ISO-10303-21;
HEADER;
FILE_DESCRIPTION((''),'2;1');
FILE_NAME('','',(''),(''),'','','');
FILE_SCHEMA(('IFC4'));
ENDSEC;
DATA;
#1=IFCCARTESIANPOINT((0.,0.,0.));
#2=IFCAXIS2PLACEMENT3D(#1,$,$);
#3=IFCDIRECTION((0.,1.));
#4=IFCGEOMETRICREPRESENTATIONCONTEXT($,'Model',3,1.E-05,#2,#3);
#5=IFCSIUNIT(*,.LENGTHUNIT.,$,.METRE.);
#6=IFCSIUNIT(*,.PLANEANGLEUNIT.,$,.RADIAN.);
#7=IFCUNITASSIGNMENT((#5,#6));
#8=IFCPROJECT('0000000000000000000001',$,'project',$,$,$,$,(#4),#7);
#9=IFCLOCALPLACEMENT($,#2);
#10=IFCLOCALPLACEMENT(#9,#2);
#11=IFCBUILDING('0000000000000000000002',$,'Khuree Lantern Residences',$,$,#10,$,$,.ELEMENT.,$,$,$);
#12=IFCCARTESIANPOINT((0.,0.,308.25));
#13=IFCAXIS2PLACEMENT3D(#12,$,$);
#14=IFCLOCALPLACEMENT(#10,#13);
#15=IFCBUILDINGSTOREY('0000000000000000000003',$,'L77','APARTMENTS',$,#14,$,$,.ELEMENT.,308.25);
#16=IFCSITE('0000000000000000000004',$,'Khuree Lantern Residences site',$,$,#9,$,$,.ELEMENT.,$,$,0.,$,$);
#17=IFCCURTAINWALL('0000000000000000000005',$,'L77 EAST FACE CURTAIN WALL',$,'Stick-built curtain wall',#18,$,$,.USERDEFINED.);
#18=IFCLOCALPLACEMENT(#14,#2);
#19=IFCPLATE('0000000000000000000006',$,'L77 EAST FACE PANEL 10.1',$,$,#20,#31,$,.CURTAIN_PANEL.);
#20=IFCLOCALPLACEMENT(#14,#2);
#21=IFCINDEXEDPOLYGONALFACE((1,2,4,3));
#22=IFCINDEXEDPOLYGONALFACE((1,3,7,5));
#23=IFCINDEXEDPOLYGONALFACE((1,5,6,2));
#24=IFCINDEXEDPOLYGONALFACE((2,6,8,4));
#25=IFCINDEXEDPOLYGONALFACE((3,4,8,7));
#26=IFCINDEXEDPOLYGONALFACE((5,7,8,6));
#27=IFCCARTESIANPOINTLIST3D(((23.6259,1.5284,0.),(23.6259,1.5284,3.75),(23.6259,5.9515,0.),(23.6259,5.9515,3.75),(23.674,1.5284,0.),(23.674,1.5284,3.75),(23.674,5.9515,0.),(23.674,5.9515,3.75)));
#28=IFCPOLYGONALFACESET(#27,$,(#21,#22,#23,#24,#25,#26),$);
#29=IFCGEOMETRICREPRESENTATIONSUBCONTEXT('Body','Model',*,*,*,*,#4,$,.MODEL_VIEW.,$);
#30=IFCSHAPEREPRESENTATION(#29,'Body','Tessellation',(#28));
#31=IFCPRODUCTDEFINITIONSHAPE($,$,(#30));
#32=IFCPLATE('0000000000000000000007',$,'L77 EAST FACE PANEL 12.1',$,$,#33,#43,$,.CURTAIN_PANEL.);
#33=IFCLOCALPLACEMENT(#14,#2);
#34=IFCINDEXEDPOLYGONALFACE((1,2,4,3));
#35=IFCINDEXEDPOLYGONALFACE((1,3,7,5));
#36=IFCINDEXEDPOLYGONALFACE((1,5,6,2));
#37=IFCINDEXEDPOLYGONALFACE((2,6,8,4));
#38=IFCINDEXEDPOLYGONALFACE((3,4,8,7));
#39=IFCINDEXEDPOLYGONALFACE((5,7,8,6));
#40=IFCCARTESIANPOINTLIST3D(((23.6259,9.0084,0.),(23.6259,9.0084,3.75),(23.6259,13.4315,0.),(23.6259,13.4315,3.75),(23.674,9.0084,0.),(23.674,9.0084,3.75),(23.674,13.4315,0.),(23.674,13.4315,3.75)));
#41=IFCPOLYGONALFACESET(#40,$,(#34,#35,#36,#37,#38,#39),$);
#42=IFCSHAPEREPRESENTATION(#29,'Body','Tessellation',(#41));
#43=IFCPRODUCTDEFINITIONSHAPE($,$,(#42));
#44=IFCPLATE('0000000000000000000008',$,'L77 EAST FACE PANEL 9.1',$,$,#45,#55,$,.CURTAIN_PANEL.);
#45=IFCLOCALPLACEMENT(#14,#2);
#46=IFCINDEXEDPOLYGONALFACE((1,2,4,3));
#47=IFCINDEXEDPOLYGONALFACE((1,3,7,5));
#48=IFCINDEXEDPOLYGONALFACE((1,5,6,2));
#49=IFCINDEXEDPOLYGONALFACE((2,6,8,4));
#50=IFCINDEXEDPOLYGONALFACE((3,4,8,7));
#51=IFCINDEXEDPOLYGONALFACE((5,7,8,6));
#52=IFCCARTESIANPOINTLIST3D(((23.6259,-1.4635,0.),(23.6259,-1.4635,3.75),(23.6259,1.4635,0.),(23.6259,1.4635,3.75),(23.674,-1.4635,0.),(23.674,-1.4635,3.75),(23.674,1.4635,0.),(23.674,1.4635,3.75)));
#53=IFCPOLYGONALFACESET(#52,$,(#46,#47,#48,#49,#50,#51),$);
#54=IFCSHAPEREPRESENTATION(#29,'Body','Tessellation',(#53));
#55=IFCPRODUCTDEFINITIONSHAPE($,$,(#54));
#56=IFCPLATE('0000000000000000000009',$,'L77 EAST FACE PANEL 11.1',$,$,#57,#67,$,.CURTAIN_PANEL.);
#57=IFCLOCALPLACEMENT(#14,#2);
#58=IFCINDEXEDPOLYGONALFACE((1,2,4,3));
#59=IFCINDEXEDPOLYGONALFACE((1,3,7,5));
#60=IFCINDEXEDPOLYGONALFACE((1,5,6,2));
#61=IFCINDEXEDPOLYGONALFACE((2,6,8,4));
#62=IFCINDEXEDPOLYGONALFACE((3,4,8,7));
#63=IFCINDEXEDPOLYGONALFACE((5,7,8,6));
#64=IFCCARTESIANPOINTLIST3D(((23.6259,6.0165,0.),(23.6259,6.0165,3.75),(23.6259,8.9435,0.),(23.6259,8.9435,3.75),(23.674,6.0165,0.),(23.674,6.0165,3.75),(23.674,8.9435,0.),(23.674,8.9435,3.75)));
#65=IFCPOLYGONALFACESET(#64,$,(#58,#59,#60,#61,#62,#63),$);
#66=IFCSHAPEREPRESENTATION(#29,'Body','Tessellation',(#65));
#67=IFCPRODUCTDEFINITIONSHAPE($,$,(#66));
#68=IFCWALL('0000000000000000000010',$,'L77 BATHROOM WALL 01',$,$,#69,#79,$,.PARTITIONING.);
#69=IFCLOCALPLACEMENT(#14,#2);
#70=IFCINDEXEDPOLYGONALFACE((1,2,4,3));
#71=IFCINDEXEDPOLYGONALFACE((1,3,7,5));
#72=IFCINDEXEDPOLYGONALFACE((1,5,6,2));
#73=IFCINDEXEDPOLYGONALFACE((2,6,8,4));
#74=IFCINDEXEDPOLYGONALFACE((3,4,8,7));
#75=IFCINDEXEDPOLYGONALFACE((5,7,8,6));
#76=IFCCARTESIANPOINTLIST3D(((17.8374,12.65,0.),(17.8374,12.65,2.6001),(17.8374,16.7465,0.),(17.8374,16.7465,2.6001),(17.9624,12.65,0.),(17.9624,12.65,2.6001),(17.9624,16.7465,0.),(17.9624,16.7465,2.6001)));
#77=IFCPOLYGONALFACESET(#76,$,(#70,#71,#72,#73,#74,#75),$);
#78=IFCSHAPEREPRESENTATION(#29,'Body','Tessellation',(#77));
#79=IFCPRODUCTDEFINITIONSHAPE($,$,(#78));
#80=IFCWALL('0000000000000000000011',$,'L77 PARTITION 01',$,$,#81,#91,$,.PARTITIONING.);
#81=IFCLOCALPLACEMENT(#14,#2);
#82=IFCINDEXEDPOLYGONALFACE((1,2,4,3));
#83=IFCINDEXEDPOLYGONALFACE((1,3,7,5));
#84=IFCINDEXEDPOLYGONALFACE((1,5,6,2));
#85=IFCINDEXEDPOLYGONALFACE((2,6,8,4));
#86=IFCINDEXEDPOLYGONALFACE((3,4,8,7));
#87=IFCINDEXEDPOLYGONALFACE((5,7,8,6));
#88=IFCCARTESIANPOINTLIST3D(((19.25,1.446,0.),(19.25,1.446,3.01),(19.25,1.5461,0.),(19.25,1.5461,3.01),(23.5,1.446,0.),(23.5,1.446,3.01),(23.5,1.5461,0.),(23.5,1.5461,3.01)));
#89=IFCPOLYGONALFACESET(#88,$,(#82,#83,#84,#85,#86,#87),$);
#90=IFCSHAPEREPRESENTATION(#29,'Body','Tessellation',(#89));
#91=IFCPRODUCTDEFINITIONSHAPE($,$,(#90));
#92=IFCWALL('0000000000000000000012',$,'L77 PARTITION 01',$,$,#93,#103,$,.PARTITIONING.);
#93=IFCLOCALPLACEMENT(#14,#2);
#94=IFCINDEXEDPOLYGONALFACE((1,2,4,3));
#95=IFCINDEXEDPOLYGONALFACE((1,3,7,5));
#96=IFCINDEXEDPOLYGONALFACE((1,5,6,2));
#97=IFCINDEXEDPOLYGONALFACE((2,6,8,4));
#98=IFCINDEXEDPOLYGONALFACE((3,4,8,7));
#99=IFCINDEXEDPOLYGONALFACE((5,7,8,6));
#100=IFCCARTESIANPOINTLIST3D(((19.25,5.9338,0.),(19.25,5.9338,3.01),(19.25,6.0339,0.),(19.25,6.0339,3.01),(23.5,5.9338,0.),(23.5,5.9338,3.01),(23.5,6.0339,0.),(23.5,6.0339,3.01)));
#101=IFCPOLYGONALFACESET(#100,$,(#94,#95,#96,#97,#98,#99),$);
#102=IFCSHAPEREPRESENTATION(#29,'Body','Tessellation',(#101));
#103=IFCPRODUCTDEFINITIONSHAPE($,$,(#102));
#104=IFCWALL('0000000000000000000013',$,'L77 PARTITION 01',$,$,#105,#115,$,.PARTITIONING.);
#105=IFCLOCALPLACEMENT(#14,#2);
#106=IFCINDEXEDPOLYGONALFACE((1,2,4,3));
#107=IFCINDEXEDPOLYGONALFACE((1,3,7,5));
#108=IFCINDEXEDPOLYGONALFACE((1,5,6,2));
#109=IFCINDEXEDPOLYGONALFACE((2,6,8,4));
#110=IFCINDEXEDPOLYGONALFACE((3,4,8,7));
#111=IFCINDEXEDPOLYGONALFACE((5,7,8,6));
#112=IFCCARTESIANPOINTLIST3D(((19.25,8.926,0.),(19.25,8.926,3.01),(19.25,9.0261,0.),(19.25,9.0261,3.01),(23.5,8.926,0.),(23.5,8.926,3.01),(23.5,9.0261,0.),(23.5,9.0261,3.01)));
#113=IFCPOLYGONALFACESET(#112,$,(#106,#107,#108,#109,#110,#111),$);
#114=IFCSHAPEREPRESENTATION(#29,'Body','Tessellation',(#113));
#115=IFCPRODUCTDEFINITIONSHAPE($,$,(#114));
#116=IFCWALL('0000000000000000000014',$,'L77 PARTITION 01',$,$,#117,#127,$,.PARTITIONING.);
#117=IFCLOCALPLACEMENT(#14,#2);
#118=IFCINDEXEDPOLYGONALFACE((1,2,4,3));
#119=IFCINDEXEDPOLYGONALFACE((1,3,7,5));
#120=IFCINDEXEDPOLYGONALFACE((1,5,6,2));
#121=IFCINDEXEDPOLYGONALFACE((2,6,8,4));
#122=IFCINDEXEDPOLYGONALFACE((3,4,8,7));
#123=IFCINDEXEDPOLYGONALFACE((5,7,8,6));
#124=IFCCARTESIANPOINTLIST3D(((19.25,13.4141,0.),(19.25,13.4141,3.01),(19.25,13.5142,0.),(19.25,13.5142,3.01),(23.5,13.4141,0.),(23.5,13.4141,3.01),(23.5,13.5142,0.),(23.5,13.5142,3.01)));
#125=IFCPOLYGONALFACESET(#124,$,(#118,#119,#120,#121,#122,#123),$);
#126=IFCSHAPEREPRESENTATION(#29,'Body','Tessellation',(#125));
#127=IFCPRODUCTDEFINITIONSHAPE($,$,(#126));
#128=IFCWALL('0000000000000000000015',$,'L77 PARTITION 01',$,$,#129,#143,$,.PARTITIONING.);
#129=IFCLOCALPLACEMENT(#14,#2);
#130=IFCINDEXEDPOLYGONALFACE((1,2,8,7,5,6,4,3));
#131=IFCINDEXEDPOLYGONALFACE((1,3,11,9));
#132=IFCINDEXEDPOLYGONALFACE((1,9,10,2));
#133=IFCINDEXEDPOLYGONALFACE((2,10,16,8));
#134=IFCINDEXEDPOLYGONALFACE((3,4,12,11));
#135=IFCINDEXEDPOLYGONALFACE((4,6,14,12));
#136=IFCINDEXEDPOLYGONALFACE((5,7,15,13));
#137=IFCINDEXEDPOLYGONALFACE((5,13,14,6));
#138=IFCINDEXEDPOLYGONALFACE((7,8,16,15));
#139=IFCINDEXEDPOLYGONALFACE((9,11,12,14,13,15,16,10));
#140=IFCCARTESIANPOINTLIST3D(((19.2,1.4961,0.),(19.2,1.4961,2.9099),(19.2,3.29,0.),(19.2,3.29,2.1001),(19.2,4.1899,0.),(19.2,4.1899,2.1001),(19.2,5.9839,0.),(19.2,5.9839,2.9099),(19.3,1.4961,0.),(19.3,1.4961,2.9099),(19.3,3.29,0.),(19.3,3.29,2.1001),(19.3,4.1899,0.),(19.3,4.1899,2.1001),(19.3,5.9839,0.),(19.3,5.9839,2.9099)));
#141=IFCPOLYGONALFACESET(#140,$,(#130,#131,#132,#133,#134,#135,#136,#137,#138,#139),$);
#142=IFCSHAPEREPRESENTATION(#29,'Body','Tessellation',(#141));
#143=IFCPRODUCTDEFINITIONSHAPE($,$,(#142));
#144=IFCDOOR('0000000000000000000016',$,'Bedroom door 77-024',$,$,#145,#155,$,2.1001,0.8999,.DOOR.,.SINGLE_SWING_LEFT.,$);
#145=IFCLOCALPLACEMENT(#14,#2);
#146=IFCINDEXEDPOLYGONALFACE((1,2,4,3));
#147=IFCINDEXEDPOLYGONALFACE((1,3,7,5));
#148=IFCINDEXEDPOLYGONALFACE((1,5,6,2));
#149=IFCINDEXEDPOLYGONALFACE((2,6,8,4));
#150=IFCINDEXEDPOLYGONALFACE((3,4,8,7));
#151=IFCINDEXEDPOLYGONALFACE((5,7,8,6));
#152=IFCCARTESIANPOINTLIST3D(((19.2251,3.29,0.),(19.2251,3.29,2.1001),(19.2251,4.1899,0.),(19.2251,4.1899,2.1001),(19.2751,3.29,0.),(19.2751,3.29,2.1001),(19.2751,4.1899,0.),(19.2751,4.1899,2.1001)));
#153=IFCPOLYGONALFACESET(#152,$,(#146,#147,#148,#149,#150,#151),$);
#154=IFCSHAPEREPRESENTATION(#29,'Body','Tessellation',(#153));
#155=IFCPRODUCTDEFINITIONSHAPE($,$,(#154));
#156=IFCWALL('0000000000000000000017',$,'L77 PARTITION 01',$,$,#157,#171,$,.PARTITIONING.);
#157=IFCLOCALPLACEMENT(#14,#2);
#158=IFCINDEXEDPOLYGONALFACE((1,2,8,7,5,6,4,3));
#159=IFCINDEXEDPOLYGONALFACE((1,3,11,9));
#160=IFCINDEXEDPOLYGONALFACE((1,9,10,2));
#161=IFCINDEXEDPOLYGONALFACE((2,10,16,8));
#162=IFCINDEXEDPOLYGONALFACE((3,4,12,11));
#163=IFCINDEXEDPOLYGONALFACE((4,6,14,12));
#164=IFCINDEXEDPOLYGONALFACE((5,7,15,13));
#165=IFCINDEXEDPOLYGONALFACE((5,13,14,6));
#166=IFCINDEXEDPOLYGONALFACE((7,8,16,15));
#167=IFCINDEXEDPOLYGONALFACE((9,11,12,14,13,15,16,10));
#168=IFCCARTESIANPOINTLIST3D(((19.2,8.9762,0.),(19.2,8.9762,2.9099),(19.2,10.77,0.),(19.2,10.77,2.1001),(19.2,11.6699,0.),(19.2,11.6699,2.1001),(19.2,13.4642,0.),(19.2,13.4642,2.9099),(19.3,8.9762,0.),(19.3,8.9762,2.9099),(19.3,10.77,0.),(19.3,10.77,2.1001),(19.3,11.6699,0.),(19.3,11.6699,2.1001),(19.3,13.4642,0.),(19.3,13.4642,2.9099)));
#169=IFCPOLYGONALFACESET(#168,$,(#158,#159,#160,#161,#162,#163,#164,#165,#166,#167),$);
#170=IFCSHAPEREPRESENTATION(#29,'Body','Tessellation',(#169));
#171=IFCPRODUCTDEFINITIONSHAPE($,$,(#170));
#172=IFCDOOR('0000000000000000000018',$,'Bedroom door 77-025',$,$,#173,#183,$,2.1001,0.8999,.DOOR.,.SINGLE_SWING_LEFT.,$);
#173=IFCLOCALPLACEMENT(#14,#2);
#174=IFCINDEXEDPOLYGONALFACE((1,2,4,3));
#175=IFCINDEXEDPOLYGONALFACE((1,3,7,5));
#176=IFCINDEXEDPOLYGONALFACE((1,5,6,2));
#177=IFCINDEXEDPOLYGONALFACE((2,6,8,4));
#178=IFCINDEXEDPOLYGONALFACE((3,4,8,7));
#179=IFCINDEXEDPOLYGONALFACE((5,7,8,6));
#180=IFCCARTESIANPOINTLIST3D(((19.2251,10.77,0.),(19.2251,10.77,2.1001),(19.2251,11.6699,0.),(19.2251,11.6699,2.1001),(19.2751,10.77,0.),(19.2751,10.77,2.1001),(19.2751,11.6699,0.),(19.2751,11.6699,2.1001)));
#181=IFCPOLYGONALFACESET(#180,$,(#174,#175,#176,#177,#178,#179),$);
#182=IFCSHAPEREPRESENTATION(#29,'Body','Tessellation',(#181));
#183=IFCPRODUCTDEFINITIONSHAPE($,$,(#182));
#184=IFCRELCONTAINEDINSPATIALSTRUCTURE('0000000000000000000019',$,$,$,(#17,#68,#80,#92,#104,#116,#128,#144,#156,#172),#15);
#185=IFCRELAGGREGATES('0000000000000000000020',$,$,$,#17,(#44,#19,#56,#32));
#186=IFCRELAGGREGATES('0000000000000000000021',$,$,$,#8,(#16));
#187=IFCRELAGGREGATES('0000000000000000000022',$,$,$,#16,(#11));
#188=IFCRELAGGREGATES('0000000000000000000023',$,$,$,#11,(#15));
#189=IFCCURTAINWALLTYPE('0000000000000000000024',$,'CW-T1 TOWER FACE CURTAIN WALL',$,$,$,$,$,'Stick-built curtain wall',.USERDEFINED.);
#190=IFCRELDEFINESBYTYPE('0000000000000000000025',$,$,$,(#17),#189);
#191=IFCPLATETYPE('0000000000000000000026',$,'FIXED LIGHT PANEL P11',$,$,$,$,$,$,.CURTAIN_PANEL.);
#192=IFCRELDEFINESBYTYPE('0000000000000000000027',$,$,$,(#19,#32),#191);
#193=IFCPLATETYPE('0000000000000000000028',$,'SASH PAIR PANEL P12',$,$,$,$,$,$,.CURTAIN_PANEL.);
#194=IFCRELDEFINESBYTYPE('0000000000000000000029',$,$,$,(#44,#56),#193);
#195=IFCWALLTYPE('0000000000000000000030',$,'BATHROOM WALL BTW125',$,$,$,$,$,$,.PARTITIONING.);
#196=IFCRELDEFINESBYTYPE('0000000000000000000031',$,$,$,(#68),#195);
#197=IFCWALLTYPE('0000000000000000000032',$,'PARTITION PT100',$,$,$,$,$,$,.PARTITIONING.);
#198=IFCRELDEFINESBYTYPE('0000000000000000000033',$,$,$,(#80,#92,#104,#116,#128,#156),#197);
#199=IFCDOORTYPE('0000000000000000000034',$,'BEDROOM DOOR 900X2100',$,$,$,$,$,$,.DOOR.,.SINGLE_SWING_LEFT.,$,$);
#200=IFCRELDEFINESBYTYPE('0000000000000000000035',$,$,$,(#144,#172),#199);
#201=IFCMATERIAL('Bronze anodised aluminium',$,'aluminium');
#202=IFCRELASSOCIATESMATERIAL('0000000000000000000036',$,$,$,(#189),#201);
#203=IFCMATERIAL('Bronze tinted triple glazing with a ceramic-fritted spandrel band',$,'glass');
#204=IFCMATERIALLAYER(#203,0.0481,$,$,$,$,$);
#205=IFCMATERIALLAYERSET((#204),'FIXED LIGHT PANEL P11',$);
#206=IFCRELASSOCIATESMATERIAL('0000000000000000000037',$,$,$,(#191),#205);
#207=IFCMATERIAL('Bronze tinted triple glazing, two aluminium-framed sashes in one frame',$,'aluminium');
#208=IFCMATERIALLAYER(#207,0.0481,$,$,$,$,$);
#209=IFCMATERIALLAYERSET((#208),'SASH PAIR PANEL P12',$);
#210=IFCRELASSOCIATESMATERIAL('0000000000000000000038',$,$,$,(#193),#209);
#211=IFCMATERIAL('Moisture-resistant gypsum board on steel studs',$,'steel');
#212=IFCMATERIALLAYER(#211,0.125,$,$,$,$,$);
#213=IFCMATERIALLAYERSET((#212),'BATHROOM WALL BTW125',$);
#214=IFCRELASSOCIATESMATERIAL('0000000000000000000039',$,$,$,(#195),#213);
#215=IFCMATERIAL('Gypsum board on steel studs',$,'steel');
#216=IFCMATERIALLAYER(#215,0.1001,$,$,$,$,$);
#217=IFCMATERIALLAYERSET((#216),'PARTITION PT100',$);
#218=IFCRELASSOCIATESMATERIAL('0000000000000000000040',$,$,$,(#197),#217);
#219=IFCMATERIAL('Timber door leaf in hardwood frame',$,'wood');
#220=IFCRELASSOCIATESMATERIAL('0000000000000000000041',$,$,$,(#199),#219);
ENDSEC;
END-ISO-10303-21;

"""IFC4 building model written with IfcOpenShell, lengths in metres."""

from ifc_helpers import new_model, si_unit, direction, frame, frame_2d, origin, origin_2d, place, context, subcontext, project, spatial, rectangle, extrude, material, layer, layer_set, type_object, element, fill, aggregate, save


model = new_model("IFC4")

# Units and contexts
model_context = context("Model", 3, precision=1e-05, world=origin(), true_north=direction((0.0, 1.0)))
body_context = subcontext(model_context, "Body", "Model", "MODEL_VIEW")
ifc_project = project(units=[si_unit("LENGTHUNIT", "METRE"), si_unit("PLANEANGLEUNIT", "RADIAN")], contexts=[model_context])

# Site, building, storey
site_placement = place(None, origin())
site = spatial("IfcSite", under=ifc_project, at=site_placement, Name="Khuree Lantern Residences site", CompositionType="ELEMENT", RefElevation=0.0)
building_placement = place(site_placement, origin())
building = spatial("IfcBuilding", under=site, at=building_placement, Name="Khuree Lantern Residences", CompositionType="ELEMENT")
storey_placement = place(building_placement, frame((0.0, 0.0, 308.25)))
storey = spatial("IfcBuildingStorey", under=building, at=storey_placement, Name="L77", Description="APARTMENTS", CompositionType="ELEMENT", Elevation=308.25)

# Curtain wall
ifc_material_1 = material(Name="Bronze anodised aluminium", Category="aluminium")
curtain_wall_type = type_object("IfcCurtainWallType", Name="CW-T1 TOWER FACE CURTAIN WALL", ElementType="Stick-built curtain wall", PredefinedType="USERDEFINED", material=ifc_material_1)
curtain_wall_placement = place(storey_placement, origin())
curtain_wall = element("IfcCurtainWall", 1, at=curtain_wall_placement, inside=storey, type_object=curtain_wall_type, Name="L77 EAST FACE CURTAIN WALL", ObjectType="Stick-built curtain wall", PredefinedType="USERDEFINED")

# Plates
ifc_material_2 = material(Name="Bronze tinted triple glazing with a ceramic-fritted spandrel band", Category="glass")
ifc_layer_1 = layer(ifc_material_2, 0.0481)
ifc_layer_set_1 = layer_set([ifc_layer_1], Name="FIXED LIGHT PANEL P11")
plate_type_1 = type_object("IfcPlateType", Name="FIXED LIGHT PANEL P11", PredefinedType="CURTAIN_PANEL", material=ifc_layer_set_1)
plate_1_placement = place(storey_placement, frame((23.6499, 3.74, 0.0), z_axis=(0.0, 0.0, 1.0), x_axis=(0.0, 1.0, 0.0)))
plate_1 = element("IfcPlate", 2, at=plate_1_placement, type_object=plate_type_1, Name="L77 EAST FACE PANEL 10.1", PredefinedType="CURTAIN_PANEL", context=body_context, shape_type="SweptSolid", body=[
    extrude(rectangle(XDim=4.4231, YDim=0.0481, at=origin_2d()), origin(), (0.0, 0.0, 1.0), 3.75),
])
plate_2_placement = place(storey_placement, frame((23.6499, 11.22, 0.0), z_axis=(0.0, 0.0, 1.0), x_axis=(0.0, 1.0, 0.0)))
plate_2 = element("IfcPlate", 3, at=plate_2_placement, type_object=plate_type_1, Name="L77 EAST FACE PANEL 12.1", PredefinedType="CURTAIN_PANEL", context=body_context, shape_type="SweptSolid", body=[
    extrude(rectangle(XDim=4.4231, YDim=0.0481, at=origin_2d()), origin(), (0.0, 0.0, 1.0), 3.75),
])
ifc_material_3 = material(Name="Bronze tinted triple glazing, two aluminium-framed sashes in one frame", Category="aluminium")
ifc_layer_2 = layer(ifc_material_3, 0.0481)
ifc_layer_set_2 = layer_set([ifc_layer_2], Name="SASH PAIR PANEL P12")
plate_type_2 = type_object("IfcPlateType", Name="SASH PAIR PANEL P12", PredefinedType="CURTAIN_PANEL", material=ifc_layer_set_2)
plate_3_placement = place(storey_placement, frame((23.6499, 0.0, 0.0), z_axis=(0.0, 0.0, 1.0), x_axis=(0.0, 1.0, 0.0)))
plate_3 = element("IfcPlate", 4, at=plate_3_placement, type_object=plate_type_2, Name="L77 EAST FACE PANEL 9.1", PredefinedType="CURTAIN_PANEL", context=body_context, shape_type="SweptSolid", body=[
    extrude(rectangle(XDim=2.927, YDim=0.0481, at=origin_2d()), origin(), (0.0, 0.0, 1.0), 3.75),
])
plate_4_placement = place(storey_placement, frame((23.6499, 7.48, 0.0), z_axis=(0.0, 0.0, 1.0), x_axis=(0.0, 1.0, 0.0)))
plate_4 = element("IfcPlate", 5, at=plate_4_placement, type_object=plate_type_2, Name="L77 EAST FACE PANEL 11.1", PredefinedType="CURTAIN_PANEL", context=body_context, shape_type="SweptSolid", body=[
    extrude(rectangle(XDim=2.927, YDim=0.0481, at=origin_2d()), origin(), (0.0, 0.0, 1.0), 3.75),
])
aggregate(curtain_wall, [plate_3, plate_1, plate_4, plate_2])

# Walls
ifc_material_4 = material(Name="Moisture-resistant gypsum board on steel studs", Category="steel")
ifc_layer_3 = layer(ifc_material_4, 0.125)
ifc_layer_set_3 = layer_set([ifc_layer_3], Name="BATHROOM WALL BTW125")
wall_type_1 = type_object("IfcWallType", Name="BATHROOM WALL BTW125", PredefinedType="PARTITIONING", material=ifc_layer_set_3)
wall_1_placement = place(storey_placement, frame((17.8999, 12.6499, 0.0), z_axis=(0.0, 0.0, 1.0), x_axis=(0.0, 1.0, 0.0)))
element("IfcWall", 6, at=wall_1_placement, inside=storey, type_object=wall_type_1, Name="L77 BATHROOM WALL 01", PredefinedType="PARTITIONING", context=body_context, shape_type="SweptSolid", body=[
    extrude(rectangle(XDim=4.0964, YDim=0.125, at=frame_2d((2.0483, 0.0))), origin(), (0.0, 0.0, 1.0), 2.6001),
])
ifc_material_5 = material(Name="Gypsum board on steel studs", Category="steel")
ifc_layer_4 = layer(ifc_material_5, 0.1001)
ifc_layer_set_4 = layer_set([ifc_layer_4], Name="PARTITION PT100")
wall_type_2 = type_object("IfcWallType", Name="PARTITION PT100", PredefinedType="PARTITIONING", material=ifc_layer_set_4)
for number, where, z_axis, x_axis, name in (
    (7, (19.25, 1.4961, 0.0), (0.0, 0.0, 1.0), (1.0, 0.0, 0.0), "L77 PARTITION 01"),
    (8, (19.25, 5.9839, 0.0), (0.0, 0.0, 1.0), (1.0, 0.0, 0.0), "L77 PARTITION 01"),
    (9, (19.25, 8.9761, 0.0), (0.0, 0.0, 1.0), (1.0, 0.0, 0.0), "L77 PARTITION 01"),
    (10, (19.25, 13.4641, 0.0), (0.0, 0.0, 1.0), (1.0, 0.0, 0.0), "L77 PARTITION 01"),
):
    element("IfcWall", number, at=place(storey_placement, frame(where, z_axis=z_axis, x_axis=x_axis)), inside=storey, type_object=wall_type_2, Name=name, PredefinedType="PARTITIONING", context=body_context, shape_type="SweptSolid", body=[
        extrude(rectangle(XDim=4.25, YDim=0.1001, at=frame_2d((2.125, 0.0))), origin(), (0.0, 0.0, 1.0), 3.01),
    ])

# Walls, openings, doors
wall_2_placement = place(storey_placement, frame((19.25, 1.4961, 0.0), z_axis=(0.0, 0.0, 1.0), x_axis=(0.0, 1.0, 0.0)))
wall_2 = element("IfcWall", 11, at=wall_2_placement, inside=storey, type_object=wall_type_2, Name="L77 PARTITION 01", PredefinedType="PARTITIONING", context=body_context, shape_type="SweptSolid", body=[
    extrude(rectangle(XDim=4.4878, YDim=0.1001, at=frame_2d((2.2439, 0.0))), origin(), (0.0, 0.0, 1.0), 2.9099),
])
opening_1_placement = place(wall_2_placement, frame((1.7939, 0.0, 0.0)))
opening_1 = element("IfcOpeningElement", 12, at=opening_1_placement, cuts=wall_2, PredefinedType="OPENING", context=body_context, shape_type="SweptSolid", body=[
    extrude(rectangle(XDim=0.8999, YDim=2.1001, at=frame_2d((0.45, 1.05))), frame((0.0, 0.0601, 0.0), z_axis=(0.0, -1.0, 0.0), x_axis=(1.0, 0.0, 0.0)), (0.0, 0.0, 1.0), 0.1201),
])
ifc_material_6 = material(Name="Timber door leaf in hardwood frame", Category="wood")
door_type = type_object("IfcDoorType", Name="BEDROOM DOOR 900X2100", OperationType="SINGLE_SWING_LEFT", PredefinedType="DOOR", material=ifc_material_6)
door_1_placement = place(opening_1_placement, origin())
door_1 = element("IfcDoor", 13, at=door_1_placement, inside=storey, type_object=door_type, Name="Bedroom door 77-024", OperationType="SINGLE_SWING_LEFT", OverallHeight=2.1001, OverallWidth=0.8999, PredefinedType="DOOR", context=body_context, shape_type="SweptSolid", body=[
    extrude(rectangle(XDim=0.8999, YDim=2.1001, at=frame_2d((0.45, 1.05))), frame((0.0, 0.0249, 0.0), z_axis=(0.0, -1.0, 0.0), x_axis=(1.0, 0.0, 0.0)), (0.0, 0.0, 1.0), 0.05),
])
fill(opening_1, door_1)
wall_3_placement = place(storey_placement, frame((19.25, 8.9761, 0.0), z_axis=(0.0, 0.0, 1.0), x_axis=(0.0, 1.0, 0.0)))
wall_3 = element("IfcWall", 14, at=wall_3_placement, inside=storey, type_object=wall_type_2, Name="L77 PARTITION 01", PredefinedType="PARTITIONING", context=body_context, shape_type="SweptSolid", body=[
    extrude(rectangle(XDim=4.488, YDim=0.1001, at=frame_2d((2.2441, 0.0))), origin(), (0.0, 0.0, 1.0), 2.9099),
])
opening_2_placement = place(wall_3_placement, frame((1.7939, 0.0, 0.0)))
opening_2 = element("IfcOpeningElement", 15, at=opening_2_placement, cuts=wall_3, PredefinedType="OPENING", context=body_context, shape_type="SweptSolid", body=[
    extrude(rectangle(XDim=0.8999, YDim=2.1001, at=frame_2d((0.45, 1.05))), frame((0.0, 0.0601, 0.0), z_axis=(0.0, -1.0, 0.0), x_axis=(1.0, 0.0, 0.0)), (0.0, 0.0, 1.0), 0.1201),
])
door_2_placement = place(opening_2_placement, origin())
door_2 = element("IfcDoor", 16, at=door_2_placement, inside=storey, type_object=door_type, Name="Bedroom door 77-025", OperationType="SINGLE_SWING_LEFT", OverallHeight=2.1001, OverallWidth=0.8999, PredefinedType="DOOR", context=body_context, shape_type="SweptSolid", body=[
    extrude(rectangle(XDim=0.8999, YDim=2.1001, at=frame_2d((0.45, 1.05))), frame((0.0, 0.0249, 0.0), z_axis=(0.0, -1.0, 0.0), x_axis=(1.0, 0.0, 0.0)), (0.0, 0.0, 1.0), 0.05),
])
fill(opening_2, door_2)

save(model, "model.ifc")
